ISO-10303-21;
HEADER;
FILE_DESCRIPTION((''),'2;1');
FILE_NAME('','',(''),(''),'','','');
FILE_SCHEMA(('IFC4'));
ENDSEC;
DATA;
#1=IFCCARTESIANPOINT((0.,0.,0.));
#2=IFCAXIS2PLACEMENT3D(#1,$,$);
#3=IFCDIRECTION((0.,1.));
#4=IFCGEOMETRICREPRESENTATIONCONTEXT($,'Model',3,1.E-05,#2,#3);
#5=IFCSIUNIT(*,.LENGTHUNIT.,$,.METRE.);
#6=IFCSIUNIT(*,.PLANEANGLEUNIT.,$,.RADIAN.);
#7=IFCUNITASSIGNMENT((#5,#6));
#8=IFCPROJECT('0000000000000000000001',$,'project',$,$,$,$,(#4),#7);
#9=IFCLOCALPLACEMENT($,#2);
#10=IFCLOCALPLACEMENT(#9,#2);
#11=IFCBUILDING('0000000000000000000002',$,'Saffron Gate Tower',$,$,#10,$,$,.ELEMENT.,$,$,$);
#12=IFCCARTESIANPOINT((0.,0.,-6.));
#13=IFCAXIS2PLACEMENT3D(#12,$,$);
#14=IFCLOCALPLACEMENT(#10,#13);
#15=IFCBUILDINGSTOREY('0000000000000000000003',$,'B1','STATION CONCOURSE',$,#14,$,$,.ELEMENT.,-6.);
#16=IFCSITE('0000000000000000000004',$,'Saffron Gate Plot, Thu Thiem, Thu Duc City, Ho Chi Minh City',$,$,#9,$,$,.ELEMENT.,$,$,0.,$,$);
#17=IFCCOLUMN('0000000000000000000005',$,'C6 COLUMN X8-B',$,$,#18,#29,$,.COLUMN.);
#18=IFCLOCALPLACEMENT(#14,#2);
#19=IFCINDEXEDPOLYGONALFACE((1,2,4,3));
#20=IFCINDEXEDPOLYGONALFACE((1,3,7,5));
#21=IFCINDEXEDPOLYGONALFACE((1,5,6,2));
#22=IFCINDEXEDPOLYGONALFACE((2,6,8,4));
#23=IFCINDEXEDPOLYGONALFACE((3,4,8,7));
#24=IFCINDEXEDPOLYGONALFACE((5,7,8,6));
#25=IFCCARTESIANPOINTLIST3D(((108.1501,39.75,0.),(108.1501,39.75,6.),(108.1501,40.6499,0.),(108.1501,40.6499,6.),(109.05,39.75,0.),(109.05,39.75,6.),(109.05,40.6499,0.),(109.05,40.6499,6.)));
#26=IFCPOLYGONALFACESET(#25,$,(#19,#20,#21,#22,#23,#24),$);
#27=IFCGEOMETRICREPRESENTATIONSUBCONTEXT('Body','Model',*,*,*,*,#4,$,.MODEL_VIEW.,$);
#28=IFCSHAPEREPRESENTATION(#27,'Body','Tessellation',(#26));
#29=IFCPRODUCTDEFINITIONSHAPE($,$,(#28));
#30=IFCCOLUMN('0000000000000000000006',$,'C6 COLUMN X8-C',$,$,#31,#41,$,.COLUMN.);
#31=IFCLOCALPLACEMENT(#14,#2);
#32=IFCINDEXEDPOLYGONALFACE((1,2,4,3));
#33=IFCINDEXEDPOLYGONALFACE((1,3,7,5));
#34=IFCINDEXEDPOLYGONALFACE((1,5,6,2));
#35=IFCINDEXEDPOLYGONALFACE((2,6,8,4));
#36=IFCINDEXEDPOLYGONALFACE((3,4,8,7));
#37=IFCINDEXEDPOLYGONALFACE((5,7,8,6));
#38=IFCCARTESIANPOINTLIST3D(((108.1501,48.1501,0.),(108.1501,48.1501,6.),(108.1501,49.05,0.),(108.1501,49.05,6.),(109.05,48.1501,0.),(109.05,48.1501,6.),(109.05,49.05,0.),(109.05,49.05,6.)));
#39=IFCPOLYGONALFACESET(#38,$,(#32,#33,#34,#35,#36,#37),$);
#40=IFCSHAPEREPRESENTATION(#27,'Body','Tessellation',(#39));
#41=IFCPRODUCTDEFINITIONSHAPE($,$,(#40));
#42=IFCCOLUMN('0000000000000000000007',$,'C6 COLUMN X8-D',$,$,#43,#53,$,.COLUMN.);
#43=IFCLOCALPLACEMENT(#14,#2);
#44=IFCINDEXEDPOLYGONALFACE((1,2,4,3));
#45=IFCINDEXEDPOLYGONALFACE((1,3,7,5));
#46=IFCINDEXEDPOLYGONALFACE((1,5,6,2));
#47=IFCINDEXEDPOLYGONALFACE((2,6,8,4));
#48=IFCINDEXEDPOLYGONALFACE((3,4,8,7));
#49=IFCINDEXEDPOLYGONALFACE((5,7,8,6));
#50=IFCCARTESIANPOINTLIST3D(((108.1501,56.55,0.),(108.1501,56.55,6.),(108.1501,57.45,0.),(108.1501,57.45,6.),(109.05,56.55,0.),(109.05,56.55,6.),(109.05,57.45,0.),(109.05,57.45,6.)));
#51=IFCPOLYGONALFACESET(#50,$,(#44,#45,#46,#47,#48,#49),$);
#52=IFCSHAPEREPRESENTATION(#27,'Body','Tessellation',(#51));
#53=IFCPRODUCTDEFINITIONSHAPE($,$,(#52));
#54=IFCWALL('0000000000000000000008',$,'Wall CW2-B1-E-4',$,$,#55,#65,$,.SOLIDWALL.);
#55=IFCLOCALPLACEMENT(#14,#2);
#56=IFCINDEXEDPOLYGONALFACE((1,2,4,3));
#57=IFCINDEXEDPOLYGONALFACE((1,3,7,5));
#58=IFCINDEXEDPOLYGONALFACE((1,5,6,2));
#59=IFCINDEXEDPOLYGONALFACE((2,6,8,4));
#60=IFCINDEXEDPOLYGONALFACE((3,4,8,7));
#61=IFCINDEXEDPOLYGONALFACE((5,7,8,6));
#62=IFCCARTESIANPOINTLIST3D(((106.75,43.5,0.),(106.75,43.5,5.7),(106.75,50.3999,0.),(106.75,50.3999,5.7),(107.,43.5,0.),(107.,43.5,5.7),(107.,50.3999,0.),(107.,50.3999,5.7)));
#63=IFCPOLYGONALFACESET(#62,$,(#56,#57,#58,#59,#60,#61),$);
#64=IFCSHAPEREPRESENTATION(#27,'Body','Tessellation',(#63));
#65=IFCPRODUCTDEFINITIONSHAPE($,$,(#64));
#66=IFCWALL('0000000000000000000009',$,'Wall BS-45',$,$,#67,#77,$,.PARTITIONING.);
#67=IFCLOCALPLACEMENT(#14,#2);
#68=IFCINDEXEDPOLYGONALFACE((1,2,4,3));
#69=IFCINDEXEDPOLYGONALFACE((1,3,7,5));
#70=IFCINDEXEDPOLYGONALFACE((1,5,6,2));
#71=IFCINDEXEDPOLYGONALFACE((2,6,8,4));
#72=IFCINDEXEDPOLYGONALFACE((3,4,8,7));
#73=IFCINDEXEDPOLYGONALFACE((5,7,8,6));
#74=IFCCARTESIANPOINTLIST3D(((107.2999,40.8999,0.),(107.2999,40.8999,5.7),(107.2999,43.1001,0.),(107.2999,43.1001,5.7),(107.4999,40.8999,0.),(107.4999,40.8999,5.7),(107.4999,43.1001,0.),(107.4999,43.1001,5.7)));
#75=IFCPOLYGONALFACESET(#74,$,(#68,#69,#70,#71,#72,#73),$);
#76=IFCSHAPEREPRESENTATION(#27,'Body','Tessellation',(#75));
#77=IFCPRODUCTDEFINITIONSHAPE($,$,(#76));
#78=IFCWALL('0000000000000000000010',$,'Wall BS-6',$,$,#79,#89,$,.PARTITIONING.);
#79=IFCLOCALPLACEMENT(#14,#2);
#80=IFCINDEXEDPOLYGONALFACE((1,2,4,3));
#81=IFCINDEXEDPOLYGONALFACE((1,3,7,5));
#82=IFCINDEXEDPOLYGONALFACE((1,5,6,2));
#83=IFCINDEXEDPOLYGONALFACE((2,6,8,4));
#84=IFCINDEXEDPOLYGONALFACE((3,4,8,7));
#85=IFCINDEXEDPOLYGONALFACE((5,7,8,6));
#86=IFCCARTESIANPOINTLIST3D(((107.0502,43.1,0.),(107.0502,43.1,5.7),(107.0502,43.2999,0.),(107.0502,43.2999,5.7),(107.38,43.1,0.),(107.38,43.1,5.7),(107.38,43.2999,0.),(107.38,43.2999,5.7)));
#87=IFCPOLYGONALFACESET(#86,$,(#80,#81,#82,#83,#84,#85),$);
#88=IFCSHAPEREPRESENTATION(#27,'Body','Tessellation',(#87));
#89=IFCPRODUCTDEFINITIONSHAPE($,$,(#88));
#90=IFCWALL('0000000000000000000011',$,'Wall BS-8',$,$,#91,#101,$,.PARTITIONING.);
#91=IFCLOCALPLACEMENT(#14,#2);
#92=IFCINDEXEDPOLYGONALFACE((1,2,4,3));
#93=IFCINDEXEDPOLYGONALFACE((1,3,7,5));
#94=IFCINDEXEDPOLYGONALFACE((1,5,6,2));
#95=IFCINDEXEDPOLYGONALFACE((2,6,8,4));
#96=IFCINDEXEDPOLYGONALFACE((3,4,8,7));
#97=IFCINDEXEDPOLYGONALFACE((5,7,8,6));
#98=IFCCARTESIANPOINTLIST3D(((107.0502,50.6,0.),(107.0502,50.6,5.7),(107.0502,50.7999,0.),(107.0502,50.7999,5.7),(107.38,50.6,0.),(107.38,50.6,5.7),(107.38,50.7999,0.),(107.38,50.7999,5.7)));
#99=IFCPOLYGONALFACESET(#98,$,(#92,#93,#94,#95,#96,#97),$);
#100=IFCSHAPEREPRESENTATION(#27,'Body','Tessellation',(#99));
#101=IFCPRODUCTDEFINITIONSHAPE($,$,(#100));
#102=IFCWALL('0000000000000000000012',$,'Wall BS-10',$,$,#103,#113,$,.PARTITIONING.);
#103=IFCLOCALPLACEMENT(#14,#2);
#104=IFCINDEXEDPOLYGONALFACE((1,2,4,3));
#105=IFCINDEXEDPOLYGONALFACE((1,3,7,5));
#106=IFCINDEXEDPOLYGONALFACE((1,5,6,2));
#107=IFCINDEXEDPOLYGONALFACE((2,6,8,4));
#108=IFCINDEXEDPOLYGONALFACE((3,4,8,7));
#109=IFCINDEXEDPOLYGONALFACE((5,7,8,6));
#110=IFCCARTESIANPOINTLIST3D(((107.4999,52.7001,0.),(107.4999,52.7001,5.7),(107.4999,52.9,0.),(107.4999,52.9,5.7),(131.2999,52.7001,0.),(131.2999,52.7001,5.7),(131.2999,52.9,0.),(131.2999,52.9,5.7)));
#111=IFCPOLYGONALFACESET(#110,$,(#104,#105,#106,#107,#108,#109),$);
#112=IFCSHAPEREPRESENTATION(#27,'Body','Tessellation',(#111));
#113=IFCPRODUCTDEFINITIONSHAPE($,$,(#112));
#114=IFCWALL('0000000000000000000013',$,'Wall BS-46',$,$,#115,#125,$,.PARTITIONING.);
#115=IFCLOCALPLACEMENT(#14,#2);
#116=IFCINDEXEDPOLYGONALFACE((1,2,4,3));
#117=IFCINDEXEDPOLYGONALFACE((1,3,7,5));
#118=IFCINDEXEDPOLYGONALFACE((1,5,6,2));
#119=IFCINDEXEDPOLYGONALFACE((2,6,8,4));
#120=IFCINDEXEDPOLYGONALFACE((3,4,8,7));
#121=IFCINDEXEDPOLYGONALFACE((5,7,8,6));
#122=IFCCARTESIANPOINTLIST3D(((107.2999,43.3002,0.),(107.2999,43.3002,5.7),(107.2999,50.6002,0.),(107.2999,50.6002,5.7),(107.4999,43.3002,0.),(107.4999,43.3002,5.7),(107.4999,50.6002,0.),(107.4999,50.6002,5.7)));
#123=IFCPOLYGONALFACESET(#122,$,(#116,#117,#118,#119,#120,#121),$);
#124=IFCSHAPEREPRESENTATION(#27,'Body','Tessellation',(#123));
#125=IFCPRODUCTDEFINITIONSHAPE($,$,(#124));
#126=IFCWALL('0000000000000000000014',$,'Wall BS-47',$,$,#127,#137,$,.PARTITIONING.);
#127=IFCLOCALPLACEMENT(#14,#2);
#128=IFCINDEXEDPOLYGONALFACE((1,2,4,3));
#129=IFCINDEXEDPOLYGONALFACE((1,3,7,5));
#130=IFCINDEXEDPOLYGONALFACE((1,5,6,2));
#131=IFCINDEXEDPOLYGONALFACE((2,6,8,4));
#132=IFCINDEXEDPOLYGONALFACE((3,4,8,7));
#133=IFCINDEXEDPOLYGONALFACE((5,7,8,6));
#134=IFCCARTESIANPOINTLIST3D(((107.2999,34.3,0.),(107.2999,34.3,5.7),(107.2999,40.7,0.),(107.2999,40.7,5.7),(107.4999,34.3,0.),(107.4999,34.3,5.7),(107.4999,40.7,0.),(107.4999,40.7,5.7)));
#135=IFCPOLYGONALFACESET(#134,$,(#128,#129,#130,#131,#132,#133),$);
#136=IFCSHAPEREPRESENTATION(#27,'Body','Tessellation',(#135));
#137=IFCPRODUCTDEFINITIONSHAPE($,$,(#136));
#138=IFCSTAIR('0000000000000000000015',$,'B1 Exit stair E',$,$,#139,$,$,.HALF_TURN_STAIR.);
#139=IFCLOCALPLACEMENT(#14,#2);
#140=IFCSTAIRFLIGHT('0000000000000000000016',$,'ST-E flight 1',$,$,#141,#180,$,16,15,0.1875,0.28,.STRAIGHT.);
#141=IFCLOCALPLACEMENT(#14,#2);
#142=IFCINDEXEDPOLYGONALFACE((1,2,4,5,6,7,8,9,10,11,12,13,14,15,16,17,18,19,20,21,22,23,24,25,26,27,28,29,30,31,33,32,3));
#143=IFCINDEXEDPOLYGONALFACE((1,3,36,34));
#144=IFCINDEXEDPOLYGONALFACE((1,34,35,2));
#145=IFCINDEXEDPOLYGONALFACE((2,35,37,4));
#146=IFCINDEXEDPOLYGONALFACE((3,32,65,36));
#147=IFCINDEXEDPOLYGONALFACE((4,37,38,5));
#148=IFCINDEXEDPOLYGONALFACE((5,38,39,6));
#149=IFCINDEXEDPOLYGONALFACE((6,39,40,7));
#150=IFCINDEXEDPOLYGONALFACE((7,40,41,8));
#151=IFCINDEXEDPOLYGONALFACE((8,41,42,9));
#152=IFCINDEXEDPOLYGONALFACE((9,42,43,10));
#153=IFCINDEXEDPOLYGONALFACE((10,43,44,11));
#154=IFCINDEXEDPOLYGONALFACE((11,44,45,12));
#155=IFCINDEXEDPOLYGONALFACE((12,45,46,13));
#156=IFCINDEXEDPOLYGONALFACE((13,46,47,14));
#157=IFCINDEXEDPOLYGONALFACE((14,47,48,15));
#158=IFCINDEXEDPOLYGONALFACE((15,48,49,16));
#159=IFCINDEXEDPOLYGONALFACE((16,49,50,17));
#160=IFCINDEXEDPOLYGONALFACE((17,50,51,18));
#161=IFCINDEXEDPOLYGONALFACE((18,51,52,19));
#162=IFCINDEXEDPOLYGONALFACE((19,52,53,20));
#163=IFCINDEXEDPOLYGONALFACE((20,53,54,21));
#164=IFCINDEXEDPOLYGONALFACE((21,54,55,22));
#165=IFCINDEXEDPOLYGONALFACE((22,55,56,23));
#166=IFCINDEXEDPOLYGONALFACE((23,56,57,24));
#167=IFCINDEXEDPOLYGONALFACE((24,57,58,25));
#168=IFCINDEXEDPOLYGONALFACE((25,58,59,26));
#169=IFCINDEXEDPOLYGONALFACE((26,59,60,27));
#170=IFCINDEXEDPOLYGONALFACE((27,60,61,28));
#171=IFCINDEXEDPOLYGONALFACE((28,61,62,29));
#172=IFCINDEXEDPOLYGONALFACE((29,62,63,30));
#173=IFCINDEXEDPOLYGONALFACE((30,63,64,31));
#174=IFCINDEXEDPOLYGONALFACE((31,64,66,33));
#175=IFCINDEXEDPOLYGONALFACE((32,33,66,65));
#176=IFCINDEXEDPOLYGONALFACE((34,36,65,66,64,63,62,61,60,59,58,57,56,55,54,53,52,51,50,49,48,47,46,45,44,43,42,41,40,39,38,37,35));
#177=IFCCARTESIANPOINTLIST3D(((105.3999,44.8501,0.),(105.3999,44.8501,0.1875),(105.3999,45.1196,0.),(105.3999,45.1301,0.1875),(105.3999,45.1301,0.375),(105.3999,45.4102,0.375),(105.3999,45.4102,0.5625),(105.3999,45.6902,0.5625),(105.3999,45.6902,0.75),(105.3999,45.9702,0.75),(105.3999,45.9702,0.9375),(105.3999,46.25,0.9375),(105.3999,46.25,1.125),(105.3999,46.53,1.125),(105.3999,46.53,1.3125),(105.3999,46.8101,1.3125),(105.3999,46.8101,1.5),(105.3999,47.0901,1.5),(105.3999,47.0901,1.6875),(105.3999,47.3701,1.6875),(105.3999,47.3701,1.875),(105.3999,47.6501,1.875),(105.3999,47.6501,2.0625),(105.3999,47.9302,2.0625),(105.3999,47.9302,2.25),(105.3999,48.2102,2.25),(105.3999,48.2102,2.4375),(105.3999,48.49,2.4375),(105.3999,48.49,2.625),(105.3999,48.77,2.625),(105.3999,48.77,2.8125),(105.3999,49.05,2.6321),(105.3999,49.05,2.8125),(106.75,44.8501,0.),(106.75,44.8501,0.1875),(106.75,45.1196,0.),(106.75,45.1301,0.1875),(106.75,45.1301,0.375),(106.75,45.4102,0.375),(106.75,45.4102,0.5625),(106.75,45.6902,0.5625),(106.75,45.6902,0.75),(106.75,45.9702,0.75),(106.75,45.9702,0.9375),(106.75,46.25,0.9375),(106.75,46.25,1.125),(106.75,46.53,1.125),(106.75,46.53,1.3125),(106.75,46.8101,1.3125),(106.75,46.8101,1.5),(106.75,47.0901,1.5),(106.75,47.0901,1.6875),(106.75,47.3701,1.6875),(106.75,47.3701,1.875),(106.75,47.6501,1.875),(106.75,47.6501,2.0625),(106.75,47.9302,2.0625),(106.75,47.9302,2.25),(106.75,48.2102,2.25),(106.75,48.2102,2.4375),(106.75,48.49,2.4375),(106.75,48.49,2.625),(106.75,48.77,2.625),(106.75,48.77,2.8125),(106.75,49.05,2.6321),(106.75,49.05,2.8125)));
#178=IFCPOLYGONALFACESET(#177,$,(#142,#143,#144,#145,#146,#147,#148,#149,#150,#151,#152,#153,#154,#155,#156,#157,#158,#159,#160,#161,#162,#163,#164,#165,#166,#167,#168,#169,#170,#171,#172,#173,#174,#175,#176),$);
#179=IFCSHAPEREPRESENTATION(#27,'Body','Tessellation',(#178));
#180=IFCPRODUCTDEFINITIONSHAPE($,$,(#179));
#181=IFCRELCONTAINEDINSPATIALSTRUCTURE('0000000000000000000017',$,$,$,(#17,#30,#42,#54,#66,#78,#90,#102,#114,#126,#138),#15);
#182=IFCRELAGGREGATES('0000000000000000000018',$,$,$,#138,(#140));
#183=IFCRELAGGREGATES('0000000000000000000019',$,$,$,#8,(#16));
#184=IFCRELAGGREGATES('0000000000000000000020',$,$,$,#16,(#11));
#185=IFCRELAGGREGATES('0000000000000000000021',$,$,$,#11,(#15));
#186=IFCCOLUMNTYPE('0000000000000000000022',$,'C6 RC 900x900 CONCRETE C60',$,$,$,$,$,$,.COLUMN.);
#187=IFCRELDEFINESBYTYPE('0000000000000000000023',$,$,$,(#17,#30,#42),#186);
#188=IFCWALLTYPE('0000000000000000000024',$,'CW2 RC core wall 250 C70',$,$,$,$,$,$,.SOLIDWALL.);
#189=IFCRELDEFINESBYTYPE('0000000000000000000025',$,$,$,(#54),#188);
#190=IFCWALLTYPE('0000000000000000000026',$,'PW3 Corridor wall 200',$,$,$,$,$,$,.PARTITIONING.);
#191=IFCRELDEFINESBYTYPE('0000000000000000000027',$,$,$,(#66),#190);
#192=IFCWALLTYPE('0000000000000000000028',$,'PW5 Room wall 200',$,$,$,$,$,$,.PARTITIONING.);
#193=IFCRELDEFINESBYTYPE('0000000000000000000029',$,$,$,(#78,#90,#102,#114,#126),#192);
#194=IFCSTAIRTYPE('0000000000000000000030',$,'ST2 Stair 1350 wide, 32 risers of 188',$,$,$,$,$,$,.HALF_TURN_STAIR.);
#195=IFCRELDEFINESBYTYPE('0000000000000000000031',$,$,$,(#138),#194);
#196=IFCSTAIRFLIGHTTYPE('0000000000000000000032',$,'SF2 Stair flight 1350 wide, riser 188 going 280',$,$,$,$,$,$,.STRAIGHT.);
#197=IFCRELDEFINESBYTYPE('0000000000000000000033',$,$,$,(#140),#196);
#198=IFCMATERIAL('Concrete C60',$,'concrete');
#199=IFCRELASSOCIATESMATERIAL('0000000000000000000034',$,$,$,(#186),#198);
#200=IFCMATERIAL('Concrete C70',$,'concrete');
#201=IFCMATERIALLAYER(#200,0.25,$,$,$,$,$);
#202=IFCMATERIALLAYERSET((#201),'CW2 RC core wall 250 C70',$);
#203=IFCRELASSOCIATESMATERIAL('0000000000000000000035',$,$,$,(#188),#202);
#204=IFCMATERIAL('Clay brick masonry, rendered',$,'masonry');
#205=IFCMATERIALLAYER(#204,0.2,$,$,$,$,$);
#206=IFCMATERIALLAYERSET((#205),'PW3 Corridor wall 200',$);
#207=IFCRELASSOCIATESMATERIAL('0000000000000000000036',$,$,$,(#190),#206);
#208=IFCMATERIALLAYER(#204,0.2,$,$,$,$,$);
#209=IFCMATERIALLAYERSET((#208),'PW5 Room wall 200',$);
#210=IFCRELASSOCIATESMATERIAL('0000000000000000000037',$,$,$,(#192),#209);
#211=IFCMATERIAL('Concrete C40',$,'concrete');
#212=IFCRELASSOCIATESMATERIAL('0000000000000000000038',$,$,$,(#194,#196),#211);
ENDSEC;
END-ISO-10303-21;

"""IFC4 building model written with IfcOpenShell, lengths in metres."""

from ifc_helpers import new_model, si_unit, direction, frame, frame_2d, origin, origin_2d, place, context, subcontext, project, spatial, polyline, rectangle, outline, extrude, material, layer, layer_set, material_profile, profile_set, type_object, element, aggregate, save


model = new_model("IFC4")

# Units and contexts
model_context = context("Model", 3, precision=1e-05, world=origin(), true_north=direction((0.0, 1.0)))
body_context = subcontext(model_context, "Body", "Model", "MODEL_VIEW")
ifc_project = project(units=[si_unit("LENGTHUNIT", "METRE"), si_unit("PLANEANGLEUNIT", "RADIAN")], contexts=[model_context])

# Site, building, storey
site_placement = place(None, origin())
site = spatial("IfcSite", under=ifc_project, at=site_placement, Name="Saffron Gate Plot, Thu Thiem, Thu Duc City, Ho Chi Minh City", CompositionType="ELEMENT", RefElevation=0.0)
building_placement = place(site_placement, origin())
building = spatial("IfcBuilding", under=site, at=building_placement, Name="Saffron Gate Tower", CompositionType="ELEMENT")
storey_placement = place(building_placement, frame((0.0, 0.0, -6.0)))
storey = spatial("IfcBuildingStorey", under=building, at=storey_placement, Name="B1", Description="STATION CONCOURSE", CompositionType="ELEMENT", Elevation=-6.0)

# Shared definitions
ifc_material_1 = material(Name="Concrete C40", Category="concrete")

# Columns
ifc_material_2 = material(Name="Concrete C60", Category="concrete")
ifc_material_profile_1 = material_profile(ifc_material_2, rectangle(XDim=0.8999, YDim=0.8999, at=origin_2d()))
ifc_profile_set_1 = profile_set([ifc_material_profile_1], Name="Concrete C60")
column_type = type_object("IfcColumnType", Name="C6 RC 900x900 CONCRETE C60", PredefinedType="COLUMN", material=ifc_profile_set_1)
for number, where, z_axis, x_axis, name in (
    (1, (108.6001, 40.2, 0.0), (0.0, 0.0, 1.0), (1.0, 0.0, 0.0), "C6 COLUMN X8-B"),
    (2, (108.6001, 48.6001, 0.0), (0.0, 0.0, 1.0), (1.0, 0.0, 0.0), "C6 COLUMN X8-C"),
    (3, (108.6001, 57.0, 0.0), (0.0, 0.0, 1.0), (1.0, 0.0, 0.0), "C6 COLUMN X8-D"),
):
    element("IfcColumn", number, at=place(storey_placement, frame(where, z_axis=z_axis, x_axis=x_axis)), inside=storey, type_object=column_type, Name=name, PredefinedType="COLUMN", context=body_context, shape_type="SweptSolid", body=[
        extrude(rectangle(XDim=0.8999, YDim=0.8999, at=origin_2d()), origin(), (0.0, 0.0, 1.0), 6.0),
    ])

# Walls
ifc_material_3 = material(Name="Concrete C70", Category="concrete")
ifc_layer_1 = layer(ifc_material_3, 0.25)
ifc_layer_set_1 = layer_set([ifc_layer_1], Name="CW2 RC core wall 250 C70")
wall_type_1 = type_object("IfcWallType", Name="CW2 RC core wall 250 C70", PredefinedType="SOLIDWALL", material=ifc_layer_set_1)
wall_1_placement = place(storey_placement, frame((106.875, 43.5, 0.0), z_axis=(0.0, 0.0, 1.0), x_axis=(0.0, 1.0, 0.0)))
element("IfcWall", 4, at=wall_1_placement, inside=storey, type_object=wall_type_1, Name="Wall CW2-B1-E-4", PredefinedType="SOLIDWALL", context=body_context, shape_type="SweptSolid", body=[
    extrude(rectangle(XDim=6.8999, YDim=0.25, at=frame_2d((3.45, 0.0))), origin(), (0.0, 0.0, 1.0), 5.7),
])
ifc_material_4 = material(Name="Clay brick masonry, rendered", Category="masonry")
ifc_layer_2 = layer(ifc_material_4, 0.2)
ifc_layer_set_2 = layer_set([ifc_layer_2], Name="PW3 Corridor wall 200")
wall_type_2 = type_object("IfcWallType", Name="PW3 Corridor wall 200", PredefinedType="PARTITIONING", material=ifc_layer_set_2)
wall_2_placement = place(storey_placement, frame((107.3999, 43.1001, 0.0), z_axis=(0.0, 0.0, 1.0), x_axis=(0.0, -1.0, 0.0)))
element("IfcWall", 5, at=wall_2_placement, inside=storey, type_object=wall_type_2, Name="Wall BS-45", PredefinedType="PARTITIONING", context=body_context, shape_type="SweptSolid", body=[
    extrude(rectangle(XDim=2.2002, YDim=0.2, at=frame_2d((1.1001, 0.0))), origin(), (0.0, 0.0, 1.0), 5.7),
])
ifc_layer_3 = layer(ifc_material_4, 0.2)
ifc_layer_set_3 = layer_set([ifc_layer_3], Name="PW5 Room wall 200")
wall_type_3 = type_object("IfcWallType", Name="PW5 Room wall 200", PredefinedType="PARTITIONING", material=ifc_layer_set_3)
for number, where, z_axis, x_axis, name in (
    (6, (107.05, 43.2, 0.0), (0.0, 0.0, 1.0), (1.0, 0.0, 0.0), "Wall BS-6"),
    (7, (107.05, 50.7, 0.0), (0.0, 0.0, 1.0), (1.0, 0.0, 0.0), "Wall BS-8"),
):
    element("IfcWall", number, at=place(storey_placement, frame(where, z_axis=z_axis, x_axis=x_axis)), inside=storey, type_object=wall_type_3, Name=name, PredefinedType="PARTITIONING", context=body_context, shape_type="SweptSolid", body=[
        extrude(rectangle(XDim=0.3298, YDim=0.2, at=frame_2d((0.165, 0.0))), origin(), (0.0, 0.0, 1.0), 5.7),
    ])
wall_3_placement = place(storey_placement, frame((107.5, 52.8, 0.0), z_axis=(0.0, 0.0, 1.0), x_axis=(1.0, 0.0, 0.0)))
element("IfcWall", 8, at=wall_3_placement, inside=storey, type_object=wall_type_3, Name="Wall BS-10", PredefinedType="PARTITIONING", context=body_context, shape_type="SweptSolid", body=[
    extrude(rectangle(XDim=23.8, YDim=0.2, at=frame_2d((11.8999, 0.0))), origin(), (0.0, 0.0, 1.0), 5.7),
])
wall_4_placement = place(storey_placement, frame((107.3999, 50.6001, 0.0), z_axis=(0.0, 0.0, 1.0), x_axis=(0.0, -1.0, 0.0)))
element("IfcWall", 9, at=wall_4_placement, inside=storey, type_object=wall_type_3, Name="Wall BS-46", PredefinedType="PARTITIONING", context=body_context, shape_type="SweptSolid", body=[
    extrude(rectangle(XDim=7.3, YDim=0.2, at=frame_2d((3.6499, 0.0))), origin(), (0.0, 0.0, 1.0), 5.7),
])
wall_5_placement = place(storey_placement, frame((107.3999, 40.7, 0.0), z_axis=(0.0, 0.0, 1.0), x_axis=(0.0, -1.0, 0.0)))
element("IfcWall", 10, at=wall_5_placement, inside=storey, type_object=wall_type_3, Name="Wall BS-47", PredefinedType="PARTITIONING", context=body_context, shape_type="SweptSolid", body=[
    extrude(rectangle(XDim=6.3999, YDim=0.2, at=frame_2d((3.2, 0.0))), origin(), (0.0, 0.0, 1.0), 5.7),
])

# Stair, stair flight
stair_type = type_object("IfcStairType", Name="ST2 Stair 1350 wide, 32 risers of 188", PredefinedType="HALF_TURN_STAIR", material=ifc_material_1)
stair_placement = place(storey_placement, origin())
stair = element("IfcStair", 11, at=stair_placement, inside=storey, type_object=stair_type, Name="B1 Exit stair E", PredefinedType="HALF_TURN_STAIR")
stair_flight_type = type_object("IfcStairFlightType", Name="SF2 Stair flight 1350 wide, riser 188 going 280", PredefinedType="STRAIGHT", material=ifc_material_1)
stair_flight_1_placement = place(storey_placement, frame((106.075, 44.8501, 0.0), z_axis=(0.0, 0.0, 1.0), x_axis=(0.0, 1.0, 0.0)))
stair_flight_1 = element("IfcStairFlight", 12, at=stair_flight_1_placement, type_object=stair_flight_type, Name="ST-E flight 1", NumberOfRisers=16, NumberOfTreads=15, PredefinedType="STRAIGHT", RiserHeight=0.1875, TreadLength=0.28, context=body_context, shape_type="SweptSolid", body=[
    extrude(outline(polyline([(0.0, 0.0), (0.0, 0.1875), (0.28, 0.1875), (0.28, 0.375), (0.5601, 0.375), (0.5601, 0.5625), (0.8401, 0.5625), (0.8401, 0.75), (1.1201, 0.75), (1.1201, 0.9375), (1.3999, 0.9375), (1.3999, 1.125), (1.6799, 1.125), (1.6799, 1.3125), (1.96, 1.3125), (1.96, 1.5), (2.24, 1.5), (2.24, 1.6875), (2.52, 1.6875), (2.52, 1.875), (2.8, 1.875), (2.8, 2.0625), (3.0801, 2.0625), (3.0801, 2.25), (3.3601, 2.25), (3.3601, 2.4375), (3.6399, 2.4375), (3.6399, 2.625), (3.9199, 2.625), (3.9199, 2.8125), (4.2, 2.8125), (4.2, 3.0), (4.2, 2.6321), (0.2695, 0.0), (0.0, 0.0)])), frame((0.0, 0.675, 0.0), z_axis=(0.0, -1.0, 0.0), x_axis=(1.0, 0.0, 0.0)), (0.0, 0.0, 1.0), 1.3501),
])
aggregate(stair, [stair_flight_1])

save(model, "model.ifc")
